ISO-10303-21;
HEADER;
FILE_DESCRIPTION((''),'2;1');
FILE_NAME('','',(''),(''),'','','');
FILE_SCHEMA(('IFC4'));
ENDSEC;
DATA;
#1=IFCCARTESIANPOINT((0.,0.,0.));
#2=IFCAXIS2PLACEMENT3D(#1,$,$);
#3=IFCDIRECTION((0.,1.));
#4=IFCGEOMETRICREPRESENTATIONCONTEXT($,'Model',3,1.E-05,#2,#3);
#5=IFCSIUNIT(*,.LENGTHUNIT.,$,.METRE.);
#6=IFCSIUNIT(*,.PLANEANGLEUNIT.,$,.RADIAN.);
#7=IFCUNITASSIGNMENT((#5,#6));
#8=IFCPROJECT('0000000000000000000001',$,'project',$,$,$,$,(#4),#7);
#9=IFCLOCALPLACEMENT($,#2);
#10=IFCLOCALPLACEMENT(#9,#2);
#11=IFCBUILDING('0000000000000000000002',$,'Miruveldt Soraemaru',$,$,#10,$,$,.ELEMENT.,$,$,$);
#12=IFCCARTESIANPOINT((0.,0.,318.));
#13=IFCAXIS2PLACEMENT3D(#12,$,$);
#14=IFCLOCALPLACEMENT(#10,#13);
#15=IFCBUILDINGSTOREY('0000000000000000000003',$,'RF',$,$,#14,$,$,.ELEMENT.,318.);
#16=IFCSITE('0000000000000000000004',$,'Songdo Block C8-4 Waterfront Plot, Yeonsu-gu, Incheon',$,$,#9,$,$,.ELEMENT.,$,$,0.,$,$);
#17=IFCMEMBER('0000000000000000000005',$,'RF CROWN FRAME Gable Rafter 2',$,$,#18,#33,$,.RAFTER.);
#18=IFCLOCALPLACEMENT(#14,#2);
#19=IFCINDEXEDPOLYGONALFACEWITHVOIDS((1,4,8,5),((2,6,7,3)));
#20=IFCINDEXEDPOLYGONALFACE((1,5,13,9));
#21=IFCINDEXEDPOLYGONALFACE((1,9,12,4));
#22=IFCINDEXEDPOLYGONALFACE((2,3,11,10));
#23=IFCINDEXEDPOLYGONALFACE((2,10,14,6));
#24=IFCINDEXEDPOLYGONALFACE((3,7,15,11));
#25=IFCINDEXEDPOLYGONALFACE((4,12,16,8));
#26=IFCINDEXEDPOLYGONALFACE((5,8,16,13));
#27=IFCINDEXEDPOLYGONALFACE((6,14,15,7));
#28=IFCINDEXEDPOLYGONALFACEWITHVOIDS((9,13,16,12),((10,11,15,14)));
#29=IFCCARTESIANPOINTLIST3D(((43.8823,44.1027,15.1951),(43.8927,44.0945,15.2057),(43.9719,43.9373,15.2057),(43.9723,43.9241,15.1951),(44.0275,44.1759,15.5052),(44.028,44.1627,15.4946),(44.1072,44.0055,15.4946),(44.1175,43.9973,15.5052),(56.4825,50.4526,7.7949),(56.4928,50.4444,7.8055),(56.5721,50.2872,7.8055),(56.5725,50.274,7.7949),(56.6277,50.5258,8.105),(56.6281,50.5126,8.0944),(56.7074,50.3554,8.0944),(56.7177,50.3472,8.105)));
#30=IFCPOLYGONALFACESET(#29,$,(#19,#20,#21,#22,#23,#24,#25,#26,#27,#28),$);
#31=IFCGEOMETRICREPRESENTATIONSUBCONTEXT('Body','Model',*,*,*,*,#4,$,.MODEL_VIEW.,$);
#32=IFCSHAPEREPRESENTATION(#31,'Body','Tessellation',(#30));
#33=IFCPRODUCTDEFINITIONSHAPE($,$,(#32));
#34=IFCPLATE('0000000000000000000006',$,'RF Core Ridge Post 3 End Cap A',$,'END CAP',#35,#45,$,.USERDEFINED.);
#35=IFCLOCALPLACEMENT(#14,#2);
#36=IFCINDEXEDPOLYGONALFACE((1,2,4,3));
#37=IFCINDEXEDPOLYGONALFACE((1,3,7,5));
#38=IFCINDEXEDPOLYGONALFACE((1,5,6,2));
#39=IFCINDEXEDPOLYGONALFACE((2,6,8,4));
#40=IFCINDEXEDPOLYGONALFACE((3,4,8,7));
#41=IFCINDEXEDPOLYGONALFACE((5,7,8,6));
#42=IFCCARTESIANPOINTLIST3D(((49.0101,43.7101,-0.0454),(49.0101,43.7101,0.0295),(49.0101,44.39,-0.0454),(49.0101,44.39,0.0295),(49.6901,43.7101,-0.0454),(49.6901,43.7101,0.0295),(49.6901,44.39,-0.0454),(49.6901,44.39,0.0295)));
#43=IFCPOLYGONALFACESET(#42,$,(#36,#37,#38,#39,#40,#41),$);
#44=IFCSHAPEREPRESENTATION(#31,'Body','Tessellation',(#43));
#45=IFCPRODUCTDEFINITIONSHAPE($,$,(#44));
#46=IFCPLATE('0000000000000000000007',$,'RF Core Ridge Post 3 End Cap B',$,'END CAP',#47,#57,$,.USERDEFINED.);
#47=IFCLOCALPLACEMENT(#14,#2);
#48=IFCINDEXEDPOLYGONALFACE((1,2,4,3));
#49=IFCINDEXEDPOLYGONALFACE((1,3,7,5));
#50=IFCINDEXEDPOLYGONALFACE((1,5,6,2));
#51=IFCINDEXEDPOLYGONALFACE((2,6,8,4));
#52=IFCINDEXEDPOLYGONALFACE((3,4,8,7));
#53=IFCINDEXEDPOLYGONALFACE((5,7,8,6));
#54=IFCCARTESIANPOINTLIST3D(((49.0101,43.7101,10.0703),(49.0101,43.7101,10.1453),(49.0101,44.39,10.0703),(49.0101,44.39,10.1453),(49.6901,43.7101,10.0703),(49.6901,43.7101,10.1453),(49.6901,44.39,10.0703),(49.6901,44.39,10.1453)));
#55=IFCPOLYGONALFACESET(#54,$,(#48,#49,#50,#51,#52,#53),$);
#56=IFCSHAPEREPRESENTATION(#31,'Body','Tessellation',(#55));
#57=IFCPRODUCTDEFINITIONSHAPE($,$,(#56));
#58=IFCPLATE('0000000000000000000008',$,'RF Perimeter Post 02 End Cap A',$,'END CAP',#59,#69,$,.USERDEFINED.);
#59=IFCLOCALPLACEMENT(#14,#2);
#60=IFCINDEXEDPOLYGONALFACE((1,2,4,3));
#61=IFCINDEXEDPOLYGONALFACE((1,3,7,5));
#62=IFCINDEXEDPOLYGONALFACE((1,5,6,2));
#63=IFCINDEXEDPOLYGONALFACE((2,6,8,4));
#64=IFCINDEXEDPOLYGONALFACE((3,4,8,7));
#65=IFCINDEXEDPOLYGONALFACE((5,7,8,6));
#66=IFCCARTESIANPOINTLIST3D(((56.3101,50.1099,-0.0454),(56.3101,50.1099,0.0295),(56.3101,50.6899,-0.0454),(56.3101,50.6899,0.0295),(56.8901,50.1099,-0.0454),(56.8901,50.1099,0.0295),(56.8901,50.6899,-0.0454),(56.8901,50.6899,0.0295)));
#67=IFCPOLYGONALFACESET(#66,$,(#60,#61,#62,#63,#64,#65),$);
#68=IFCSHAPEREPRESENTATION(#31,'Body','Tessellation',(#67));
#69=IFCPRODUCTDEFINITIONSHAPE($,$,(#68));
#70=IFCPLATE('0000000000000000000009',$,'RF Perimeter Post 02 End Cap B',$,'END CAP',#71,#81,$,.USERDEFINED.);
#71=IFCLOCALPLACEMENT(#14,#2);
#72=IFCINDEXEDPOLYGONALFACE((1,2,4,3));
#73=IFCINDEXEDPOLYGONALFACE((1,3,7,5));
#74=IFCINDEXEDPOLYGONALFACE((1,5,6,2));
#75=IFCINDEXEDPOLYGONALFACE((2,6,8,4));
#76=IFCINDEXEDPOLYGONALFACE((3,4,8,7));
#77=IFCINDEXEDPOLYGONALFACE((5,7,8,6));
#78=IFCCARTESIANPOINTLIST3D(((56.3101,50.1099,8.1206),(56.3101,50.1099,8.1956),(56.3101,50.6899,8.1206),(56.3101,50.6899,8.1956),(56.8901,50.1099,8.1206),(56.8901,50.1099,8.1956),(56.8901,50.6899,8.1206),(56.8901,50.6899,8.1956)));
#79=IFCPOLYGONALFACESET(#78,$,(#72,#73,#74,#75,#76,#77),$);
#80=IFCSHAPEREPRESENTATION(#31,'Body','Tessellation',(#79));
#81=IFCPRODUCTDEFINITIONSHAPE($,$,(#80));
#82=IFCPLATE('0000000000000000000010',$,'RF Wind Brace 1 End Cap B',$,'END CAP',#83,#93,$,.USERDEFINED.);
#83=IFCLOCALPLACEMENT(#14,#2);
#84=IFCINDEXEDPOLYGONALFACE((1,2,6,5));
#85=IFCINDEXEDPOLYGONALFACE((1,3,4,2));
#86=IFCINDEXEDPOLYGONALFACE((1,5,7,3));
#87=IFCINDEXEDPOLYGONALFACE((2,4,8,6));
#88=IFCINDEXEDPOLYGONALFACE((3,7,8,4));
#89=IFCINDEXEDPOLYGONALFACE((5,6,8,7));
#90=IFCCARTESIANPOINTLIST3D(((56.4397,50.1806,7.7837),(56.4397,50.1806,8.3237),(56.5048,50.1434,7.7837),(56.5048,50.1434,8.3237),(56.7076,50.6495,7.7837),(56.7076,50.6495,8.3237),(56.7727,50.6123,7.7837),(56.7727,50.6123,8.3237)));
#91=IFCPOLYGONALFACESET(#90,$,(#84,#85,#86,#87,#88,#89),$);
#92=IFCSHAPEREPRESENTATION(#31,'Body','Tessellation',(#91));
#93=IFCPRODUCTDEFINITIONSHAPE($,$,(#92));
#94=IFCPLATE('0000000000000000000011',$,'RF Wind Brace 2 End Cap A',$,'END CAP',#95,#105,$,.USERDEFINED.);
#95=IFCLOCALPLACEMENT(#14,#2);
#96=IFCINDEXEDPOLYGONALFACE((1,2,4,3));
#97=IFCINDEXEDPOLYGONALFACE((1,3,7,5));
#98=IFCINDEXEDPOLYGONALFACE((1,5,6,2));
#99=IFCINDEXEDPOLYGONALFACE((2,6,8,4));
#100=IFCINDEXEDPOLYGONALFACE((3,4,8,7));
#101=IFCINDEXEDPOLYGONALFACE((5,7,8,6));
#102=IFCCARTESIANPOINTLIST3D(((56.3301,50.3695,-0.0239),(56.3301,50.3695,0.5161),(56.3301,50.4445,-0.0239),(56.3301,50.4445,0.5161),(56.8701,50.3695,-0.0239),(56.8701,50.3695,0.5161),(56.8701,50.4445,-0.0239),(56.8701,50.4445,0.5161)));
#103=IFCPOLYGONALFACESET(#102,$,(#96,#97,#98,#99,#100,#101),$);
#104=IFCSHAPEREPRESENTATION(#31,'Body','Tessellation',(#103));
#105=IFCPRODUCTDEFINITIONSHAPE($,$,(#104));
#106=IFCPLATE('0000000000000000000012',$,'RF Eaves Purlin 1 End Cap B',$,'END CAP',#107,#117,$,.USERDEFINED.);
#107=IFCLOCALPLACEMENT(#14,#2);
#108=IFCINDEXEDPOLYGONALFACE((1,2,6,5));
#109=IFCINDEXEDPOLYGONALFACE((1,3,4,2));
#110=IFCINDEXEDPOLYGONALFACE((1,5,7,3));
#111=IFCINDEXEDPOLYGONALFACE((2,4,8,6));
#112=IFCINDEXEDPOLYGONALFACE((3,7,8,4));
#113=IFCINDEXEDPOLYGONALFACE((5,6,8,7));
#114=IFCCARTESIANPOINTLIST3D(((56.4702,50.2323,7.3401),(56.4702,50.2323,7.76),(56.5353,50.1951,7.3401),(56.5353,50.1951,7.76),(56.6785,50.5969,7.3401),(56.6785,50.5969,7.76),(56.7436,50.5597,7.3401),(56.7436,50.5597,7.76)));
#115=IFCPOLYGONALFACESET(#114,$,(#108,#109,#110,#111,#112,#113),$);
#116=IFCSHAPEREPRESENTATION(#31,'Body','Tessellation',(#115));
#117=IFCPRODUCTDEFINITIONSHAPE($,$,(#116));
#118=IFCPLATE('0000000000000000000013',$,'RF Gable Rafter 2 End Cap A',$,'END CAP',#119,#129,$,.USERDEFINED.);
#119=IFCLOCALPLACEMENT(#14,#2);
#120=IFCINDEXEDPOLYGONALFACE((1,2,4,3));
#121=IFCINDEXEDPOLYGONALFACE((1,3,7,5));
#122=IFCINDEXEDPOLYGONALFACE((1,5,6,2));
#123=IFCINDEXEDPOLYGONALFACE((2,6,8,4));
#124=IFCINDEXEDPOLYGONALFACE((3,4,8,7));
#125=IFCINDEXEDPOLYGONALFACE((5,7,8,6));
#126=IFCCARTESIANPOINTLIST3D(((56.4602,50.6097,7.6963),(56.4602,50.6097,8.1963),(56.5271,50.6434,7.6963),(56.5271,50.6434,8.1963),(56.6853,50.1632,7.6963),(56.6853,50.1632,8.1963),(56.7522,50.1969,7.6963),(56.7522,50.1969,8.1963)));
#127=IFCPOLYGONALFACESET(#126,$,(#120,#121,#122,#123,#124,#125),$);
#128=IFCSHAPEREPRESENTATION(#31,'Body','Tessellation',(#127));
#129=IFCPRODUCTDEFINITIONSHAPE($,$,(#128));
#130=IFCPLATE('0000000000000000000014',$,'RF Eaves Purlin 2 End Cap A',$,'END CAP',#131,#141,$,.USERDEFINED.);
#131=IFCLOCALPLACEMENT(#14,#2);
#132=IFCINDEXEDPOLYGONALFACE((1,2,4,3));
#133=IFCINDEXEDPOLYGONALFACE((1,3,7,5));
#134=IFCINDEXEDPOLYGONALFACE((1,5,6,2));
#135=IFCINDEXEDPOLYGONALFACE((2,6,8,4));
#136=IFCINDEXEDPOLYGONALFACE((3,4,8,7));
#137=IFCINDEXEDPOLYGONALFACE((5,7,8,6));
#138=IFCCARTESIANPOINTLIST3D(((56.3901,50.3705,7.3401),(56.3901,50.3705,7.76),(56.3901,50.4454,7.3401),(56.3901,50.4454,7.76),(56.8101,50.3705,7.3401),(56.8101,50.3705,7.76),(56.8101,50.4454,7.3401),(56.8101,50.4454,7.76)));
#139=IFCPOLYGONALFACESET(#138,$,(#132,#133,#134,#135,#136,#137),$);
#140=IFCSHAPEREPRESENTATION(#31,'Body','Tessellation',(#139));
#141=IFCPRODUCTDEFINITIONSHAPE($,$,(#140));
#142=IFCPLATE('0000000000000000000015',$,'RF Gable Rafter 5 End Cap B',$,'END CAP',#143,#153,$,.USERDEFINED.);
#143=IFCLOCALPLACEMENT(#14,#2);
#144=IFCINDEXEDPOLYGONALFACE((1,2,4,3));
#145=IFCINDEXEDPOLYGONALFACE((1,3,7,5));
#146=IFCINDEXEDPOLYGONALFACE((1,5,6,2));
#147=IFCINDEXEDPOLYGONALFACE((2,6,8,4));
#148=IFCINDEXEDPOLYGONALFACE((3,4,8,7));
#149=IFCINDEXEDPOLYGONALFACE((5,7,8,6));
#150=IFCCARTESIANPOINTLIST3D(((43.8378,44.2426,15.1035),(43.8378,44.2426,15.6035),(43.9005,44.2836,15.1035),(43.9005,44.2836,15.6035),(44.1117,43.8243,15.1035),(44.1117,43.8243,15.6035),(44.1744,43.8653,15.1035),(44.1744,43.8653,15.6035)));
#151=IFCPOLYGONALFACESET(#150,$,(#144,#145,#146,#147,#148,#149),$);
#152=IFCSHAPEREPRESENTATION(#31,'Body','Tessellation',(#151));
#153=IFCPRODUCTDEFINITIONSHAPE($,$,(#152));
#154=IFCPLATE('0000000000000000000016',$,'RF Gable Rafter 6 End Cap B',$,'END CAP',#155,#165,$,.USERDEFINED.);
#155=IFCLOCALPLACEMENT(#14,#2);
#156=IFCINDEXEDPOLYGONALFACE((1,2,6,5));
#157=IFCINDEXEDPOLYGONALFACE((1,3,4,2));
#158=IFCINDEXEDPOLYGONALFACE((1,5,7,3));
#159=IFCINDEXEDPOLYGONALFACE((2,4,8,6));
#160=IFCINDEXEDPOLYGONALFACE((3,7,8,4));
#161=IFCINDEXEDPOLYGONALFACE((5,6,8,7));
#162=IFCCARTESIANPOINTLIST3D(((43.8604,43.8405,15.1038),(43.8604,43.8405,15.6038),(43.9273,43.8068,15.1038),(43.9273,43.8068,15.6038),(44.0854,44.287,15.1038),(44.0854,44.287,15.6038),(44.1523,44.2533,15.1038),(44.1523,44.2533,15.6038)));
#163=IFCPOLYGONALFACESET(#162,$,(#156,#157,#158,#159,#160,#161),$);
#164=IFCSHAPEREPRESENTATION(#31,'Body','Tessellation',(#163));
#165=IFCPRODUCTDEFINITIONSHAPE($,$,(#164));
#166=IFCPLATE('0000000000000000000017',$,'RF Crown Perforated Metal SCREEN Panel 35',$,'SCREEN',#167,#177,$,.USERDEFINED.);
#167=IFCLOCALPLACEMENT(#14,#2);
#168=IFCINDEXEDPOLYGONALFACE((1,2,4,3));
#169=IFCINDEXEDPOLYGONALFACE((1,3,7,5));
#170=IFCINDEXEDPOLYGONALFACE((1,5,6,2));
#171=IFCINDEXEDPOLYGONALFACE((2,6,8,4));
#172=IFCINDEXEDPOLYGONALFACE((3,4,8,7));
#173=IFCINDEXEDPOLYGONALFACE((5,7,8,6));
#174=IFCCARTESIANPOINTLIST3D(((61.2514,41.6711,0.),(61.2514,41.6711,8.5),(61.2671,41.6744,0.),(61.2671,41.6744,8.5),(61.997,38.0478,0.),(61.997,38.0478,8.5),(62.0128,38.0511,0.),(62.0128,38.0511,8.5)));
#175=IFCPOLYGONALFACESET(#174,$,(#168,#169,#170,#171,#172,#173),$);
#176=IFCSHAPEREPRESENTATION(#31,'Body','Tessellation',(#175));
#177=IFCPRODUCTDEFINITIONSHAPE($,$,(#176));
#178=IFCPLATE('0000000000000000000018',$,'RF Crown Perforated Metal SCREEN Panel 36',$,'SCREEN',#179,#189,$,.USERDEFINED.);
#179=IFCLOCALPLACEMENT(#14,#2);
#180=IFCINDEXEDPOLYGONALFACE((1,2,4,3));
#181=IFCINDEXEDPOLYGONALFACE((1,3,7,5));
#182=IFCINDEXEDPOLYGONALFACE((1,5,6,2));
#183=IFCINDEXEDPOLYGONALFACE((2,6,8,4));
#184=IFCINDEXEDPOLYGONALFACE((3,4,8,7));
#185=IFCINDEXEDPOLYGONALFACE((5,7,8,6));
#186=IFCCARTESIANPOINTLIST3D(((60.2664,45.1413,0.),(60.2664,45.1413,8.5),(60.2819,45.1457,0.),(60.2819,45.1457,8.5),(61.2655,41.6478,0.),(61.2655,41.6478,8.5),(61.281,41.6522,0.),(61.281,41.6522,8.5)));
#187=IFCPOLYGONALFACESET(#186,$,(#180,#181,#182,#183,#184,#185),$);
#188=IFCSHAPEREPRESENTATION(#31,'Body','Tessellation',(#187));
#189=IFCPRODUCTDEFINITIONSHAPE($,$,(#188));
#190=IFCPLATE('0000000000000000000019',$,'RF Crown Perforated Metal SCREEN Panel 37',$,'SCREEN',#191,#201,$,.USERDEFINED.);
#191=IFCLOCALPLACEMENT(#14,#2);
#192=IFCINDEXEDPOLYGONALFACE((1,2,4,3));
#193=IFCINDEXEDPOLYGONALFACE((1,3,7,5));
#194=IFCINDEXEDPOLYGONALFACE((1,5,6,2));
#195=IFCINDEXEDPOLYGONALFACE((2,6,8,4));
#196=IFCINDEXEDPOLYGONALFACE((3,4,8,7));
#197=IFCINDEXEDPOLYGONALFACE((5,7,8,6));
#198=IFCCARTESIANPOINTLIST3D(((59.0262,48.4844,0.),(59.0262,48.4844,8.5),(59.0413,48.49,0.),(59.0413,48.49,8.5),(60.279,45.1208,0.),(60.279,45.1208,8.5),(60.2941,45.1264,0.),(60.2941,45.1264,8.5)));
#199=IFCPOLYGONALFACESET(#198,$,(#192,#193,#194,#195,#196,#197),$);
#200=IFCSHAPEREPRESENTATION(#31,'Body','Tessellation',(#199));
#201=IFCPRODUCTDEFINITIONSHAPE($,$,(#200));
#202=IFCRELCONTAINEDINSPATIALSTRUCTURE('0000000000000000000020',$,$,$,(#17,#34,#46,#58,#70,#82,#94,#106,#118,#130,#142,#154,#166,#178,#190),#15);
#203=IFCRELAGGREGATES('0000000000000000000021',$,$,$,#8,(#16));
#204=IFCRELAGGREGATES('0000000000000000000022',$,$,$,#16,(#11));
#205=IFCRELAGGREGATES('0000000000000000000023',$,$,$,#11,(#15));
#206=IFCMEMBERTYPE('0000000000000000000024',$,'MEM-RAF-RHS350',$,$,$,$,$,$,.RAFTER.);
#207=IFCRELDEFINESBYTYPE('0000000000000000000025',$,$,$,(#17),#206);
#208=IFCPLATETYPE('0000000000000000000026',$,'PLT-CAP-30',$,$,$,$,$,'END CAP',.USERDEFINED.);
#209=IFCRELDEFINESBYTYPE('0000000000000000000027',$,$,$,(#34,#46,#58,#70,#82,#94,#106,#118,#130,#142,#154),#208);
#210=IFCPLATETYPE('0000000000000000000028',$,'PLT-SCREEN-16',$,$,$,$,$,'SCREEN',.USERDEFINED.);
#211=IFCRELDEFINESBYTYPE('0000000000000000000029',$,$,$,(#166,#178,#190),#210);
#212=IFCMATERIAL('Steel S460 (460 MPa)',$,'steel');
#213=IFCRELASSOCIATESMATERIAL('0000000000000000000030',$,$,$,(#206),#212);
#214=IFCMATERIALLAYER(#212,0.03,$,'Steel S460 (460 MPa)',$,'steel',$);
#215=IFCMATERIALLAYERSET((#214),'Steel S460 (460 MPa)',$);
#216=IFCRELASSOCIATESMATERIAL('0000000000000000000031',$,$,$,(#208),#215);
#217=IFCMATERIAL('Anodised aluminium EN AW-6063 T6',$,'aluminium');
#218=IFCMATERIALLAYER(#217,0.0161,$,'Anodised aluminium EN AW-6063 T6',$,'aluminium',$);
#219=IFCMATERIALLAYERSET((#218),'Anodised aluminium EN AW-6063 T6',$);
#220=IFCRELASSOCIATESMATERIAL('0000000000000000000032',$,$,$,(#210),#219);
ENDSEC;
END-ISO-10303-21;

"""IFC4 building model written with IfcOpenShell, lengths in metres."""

from ifc_helpers import new_model, si_unit, direction, frame, origin, origin_2d, place, context, subcontext, project, spatial, rectangle, hollow_rectangle, extrude, material, layer, layer_set, material_profile, profile_set, type_object, element, save


model = new_model("IFC4")

# Units and contexts
model_context = context("Model", 3, precision=1e-05, world=origin(), true_north=direction((0.0, 1.0)))
body_context = subcontext(model_context, "Body", "Model", "MODEL_VIEW")
ifc_project = project(units=[si_unit("LENGTHUNIT", "METRE"), si_unit("PLANEANGLEUNIT", "RADIAN")], contexts=[model_context])

# Site, building, storey
site_placement = place(None, origin())
site = spatial("IfcSite", under=ifc_project, at=site_placement, Name="Songdo Block C8-4 Waterfront Plot, Yeonsu-gu, Incheon", CompositionType="ELEMENT", RefElevation=0.0)
building_placement = place(site_placement, origin())
building = spatial("IfcBuilding", under=site, at=building_placement, Name="Miruveldt Soraemaru", CompositionType="ELEMENT")
storey_placement = place(building_placement, frame((0.0, 0.0, 318.0)))
storey = spatial("IfcBuildingStorey", under=building, at=storey_placement, Name="RF", CompositionType="ELEMENT", Elevation=318.0)

# Shared definitions
ifc_material_1 = material(Name="Steel S460 (460 MPa)", Category="steel")

# Member
ifc_material_profile_1 = material_profile(ifc_material_1, hollow_rectangle(XDim=0.2, YDim=0.3501, WallThickness=0.012, at=origin_2d()), Name="Steel S460 (460 MPa)", Category="steel")
ifc_profile_set_1 = profile_set([ifc_material_profile_1], Name="Steel S460 (460 MPa)")
member_type_1 = type_object("IfcMemberType", Name="MEM-RAF-RHS350", PredefinedType="RAFTER", material=ifc_profile_set_1)
member_1_placement = place(storey_placement, frame((56.6001, 50.3999, 7.95), z_axis=(-0.790841, -0.398547, 0.464468), x_axis=(0.450035, -0.893011, 0.0)))
element("IfcMember", 1, at=member_1_placement, inside=storey, type_object=member_type_1, Name="RF CROWN FRAME Gable Rafter 2", PredefinedType="RAFTER", context=body_context, shape_type="SweptSolid", body=[
    extrude(hollow_rectangle(XDim=0.2, YDim=0.3501, WallThickness=0.012, at=origin_2d()), origin(), (0.0, 0.0, 1.0), 15.9326),
])

# Plates
ifc_layer_1 = layer(ifc_material_1, 0.03, Name="Steel S460 (460 MPa)", Category="steel")
ifc_layer_set_1 = layer_set([ifc_layer_1], Name="Steel S460 (460 MPa)")
plate_type_1 = type_object("IfcPlateType", Name="PLT-CAP-30", ElementType="END CAP", PredefinedType="USERDEFINED", material=ifc_layer_set_1)
for number, where, z_axis, x_axis, name in (
    (2, (49.3501, 44.05, -0.0454), (0.0, 0.0, 1.0), (1.0, 0.0, 0.0), "RF Core Ridge Post 3 End Cap A"),
    (3, (49.3501, 44.05, 10.0703), (0.0, 0.0, 1.0), (1.0, 0.0, 0.0), "RF Core Ridge Post 3 End Cap B"),
):
    element("IfcPlate", number, at=place(storey_placement, frame(where, z_axis=z_axis, x_axis=x_axis)), inside=storey, type_object=plate_type_1, Name=name, ObjectType="END CAP", PredefinedType="USERDEFINED", context=body_context, shape_type="SweptSolid", body=[
        extrude(rectangle(XDim=0.6799, YDim=0.6799, at=origin_2d()), origin(), (0.0, 0.0, 1.0), 0.075),
    ])
for number, where, z_axis, x_axis, name in (
    (4, (56.6001, 50.3999, -0.0454), (0.0, 0.0, 1.0), (1.0, 0.0, 0.0), "RF Perimeter Post 02 End Cap A"),
    (5, (56.6001, 50.3999, 8.1206), (0.0, 0.0, 1.0), (1.0, 0.0, 0.0), "RF Perimeter Post 02 End Cap B"),
):
    element("IfcPlate", number, at=place(storey_placement, frame(where, z_axis=z_axis, x_axis=x_axis)), inside=storey, type_object=plate_type_1, Name=name, ObjectType="END CAP", PredefinedType="USERDEFINED", context=body_context, shape_type="SweptSolid", body=[
        extrude(rectangle(XDim=0.5801, YDim=0.5801, at=origin_2d()), origin(), (0.0, 0.0, 1.0), 0.075),
    ])
for number, where, z_axis, x_axis, name in (
    (6, (56.6062, 50.3965, 7.7837), (0.0, 0.0, 1.0), (0.868285, -0.496065, 0.0), "RF Wind Brace 1 End Cap B"),
    (7, (56.6001, 50.407, -0.0239), (0.0, 0.0, 1.0), (0.0, 1.0, 0.0), "RF Wind Brace 2 End Cap A"),
):
    element("IfcPlate", number, at=place(storey_placement, frame(where, z_axis=z_axis, x_axis=x_axis)), inside=storey, type_object=plate_type_1, Name=name, ObjectType="END CAP", PredefinedType="USERDEFINED", context=body_context, shape_type="SweptSolid", body=[
        extrude(rectangle(XDim=0.075, YDim=0.54, at=origin_2d()), origin(), (0.0, 0.0, 1.0), 0.54),
    ])
plate_1_placement = place(storey_placement, frame((56.6069, 50.396, 7.3401), z_axis=(0.0, 0.0, 1.0), x_axis=(0.868285, -0.496065, 0.0)))
element("IfcPlate", 8, at=plate_1_placement, inside=storey, type_object=plate_type_1, Name="RF Eaves Purlin 1 End Cap B", ObjectType="END CAP", PredefinedType="USERDEFINED", context=body_context, shape_type="SweptSolid", body=[
    extrude(rectangle(XDim=0.075, YDim=0.4199, at=origin_2d()), origin(), (0.0, 0.0, 1.0), 0.4199),
])
plate_2_placement = place(storey_placement, frame((56.6062, 50.4033, 7.6963), z_axis=(0.0, 0.0, 1.0), x_axis=(0.892979, 0.450098, 0.0)))
element("IfcPlate", 9, at=plate_2_placement, inside=storey, type_object=plate_type_1, Name="RF Gable Rafter 2 End Cap A", ObjectType="END CAP", PredefinedType="USERDEFINED", context=body_context, shape_type="SweptSolid", body=[
    extrude(rectangle(XDim=0.075, YDim=0.5, at=origin_2d()), origin(), (0.0, 0.0, 1.0), 0.5),
])
plate_3_placement = place(storey_placement, frame((56.6001, 50.408, 7.3401), z_axis=(0.0, 0.0, 1.0), x_axis=(0.0, 1.0, 0.0)))
element("IfcPlate", 10, at=plate_3_placement, inside=storey, type_object=plate_type_1, Name="RF Eaves Purlin 2 End Cap A", ObjectType="END CAP", PredefinedType="USERDEFINED", context=body_context, shape_type="SweptSolid", body=[
    extrude(rectangle(XDim=0.075, YDim=0.4199, at=origin_2d()), origin(), (0.0, 0.0, 1.0), 0.4199),
])
for number, where, z_axis, x_axis, name in (
    (11, (44.0061, 44.054, 15.1035), (0.0, 0.0, 1.0), (0.836573, 0.547855, 0.0), "RF Gable Rafter 5 End Cap B"),
    (12, (44.0063, 44.0469, 15.1038), (0.0, 0.0, 1.0), (0.892979, -0.450098, 0.0), "RF Gable Rafter 6 End Cap B"),
):
    element("IfcPlate", number, at=place(storey_placement, frame(where, z_axis=z_axis, x_axis=x_axis)), inside=storey, type_object=plate_type_1, Name=name, ObjectType="END CAP", PredefinedType="USERDEFINED", context=body_context, shape_type="SweptSolid", body=[
        extrude(rectangle(XDim=0.075, YDim=0.5, at=origin_2d()), origin(), (0.0, 0.0, 1.0), 0.5),
    ])
ifc_material_2 = material(Name="Anodised aluminium EN AW-6063 T6", Category="aluminium")
ifc_layer_2 = layer(ifc_material_2, 0.0161, Name="Anodised aluminium EN AW-6063 T6", Category="aluminium")
ifc_layer_set_2 = layer_set([ifc_layer_2], Name="Anodised aluminium EN AW-6063 T6")
plate_type_2 = type_object("IfcPlateType", Name="PLT-SCREEN-16", ElementType="SCREEN", PredefinedType="USERDEFINED", material=ifc_layer_set_2)
plate_4_placement = place(storey_placement, frame((61.6321, 39.8611, 0.0), z_axis=(0.0, 0.0, 1.0), x_axis=(-0.201574, 0.979473, 0.0)))
element("IfcPlate", 13, at=plate_4_placement, inside=storey, type_object=plate_type_2, Name="RF Crown Perforated Metal SCREEN Panel 35", ObjectType="SCREEN", PredefinedType="USERDEFINED", context=body_context, shape_type="SweptSolid", body=[
    extrude(rectangle(XDim=3.6992, YDim=0.0161, at=origin_2d()), origin(), (0.0, 0.0, 1.0), 8.5),
])
plate_5_placement = place(storey_placement, frame((60.7737, 43.3967, 0.0), z_axis=(0.0, 0.0, 1.0), x_axis=(-0.274966, 0.961454, 0.0)))
element("IfcPlate", 14, at=plate_5_placement, inside=storey, type_object=plate_type_2, Name="RF Crown Perforated Metal SCREEN Panel 36", ObjectType="SCREEN", PredefinedType="USERDEFINED", context=body_context, shape_type="SweptSolid", body=[
    extrude(rectangle(XDim=3.6335, YDim=0.0161, at=origin_2d()), origin(), (0.0, 0.0, 1.0), 8.5),
])
plate_6_placement = place(storey_placement, frame((59.6602, 46.8054, 0.0), z_axis=(0.0, 0.0, 1.0), x_axis=(-0.34903, 0.937112, 0.0)))
element("IfcPlate", 15, at=plate_6_placement, inside=storey, type_object=plate_type_2, Name="RF Crown Perforated Metal SCREEN Panel 37", ObjectType="SCREEN", PredefinedType="USERDEFINED", context=body_context, shape_type="SweptSolid", body=[
    extrude(rectangle(XDim=3.5894, YDim=0.0161, at=origin_2d()), origin(), (0.0, 0.0, 1.0), 8.5),
])

save(model, "model.ifc")
